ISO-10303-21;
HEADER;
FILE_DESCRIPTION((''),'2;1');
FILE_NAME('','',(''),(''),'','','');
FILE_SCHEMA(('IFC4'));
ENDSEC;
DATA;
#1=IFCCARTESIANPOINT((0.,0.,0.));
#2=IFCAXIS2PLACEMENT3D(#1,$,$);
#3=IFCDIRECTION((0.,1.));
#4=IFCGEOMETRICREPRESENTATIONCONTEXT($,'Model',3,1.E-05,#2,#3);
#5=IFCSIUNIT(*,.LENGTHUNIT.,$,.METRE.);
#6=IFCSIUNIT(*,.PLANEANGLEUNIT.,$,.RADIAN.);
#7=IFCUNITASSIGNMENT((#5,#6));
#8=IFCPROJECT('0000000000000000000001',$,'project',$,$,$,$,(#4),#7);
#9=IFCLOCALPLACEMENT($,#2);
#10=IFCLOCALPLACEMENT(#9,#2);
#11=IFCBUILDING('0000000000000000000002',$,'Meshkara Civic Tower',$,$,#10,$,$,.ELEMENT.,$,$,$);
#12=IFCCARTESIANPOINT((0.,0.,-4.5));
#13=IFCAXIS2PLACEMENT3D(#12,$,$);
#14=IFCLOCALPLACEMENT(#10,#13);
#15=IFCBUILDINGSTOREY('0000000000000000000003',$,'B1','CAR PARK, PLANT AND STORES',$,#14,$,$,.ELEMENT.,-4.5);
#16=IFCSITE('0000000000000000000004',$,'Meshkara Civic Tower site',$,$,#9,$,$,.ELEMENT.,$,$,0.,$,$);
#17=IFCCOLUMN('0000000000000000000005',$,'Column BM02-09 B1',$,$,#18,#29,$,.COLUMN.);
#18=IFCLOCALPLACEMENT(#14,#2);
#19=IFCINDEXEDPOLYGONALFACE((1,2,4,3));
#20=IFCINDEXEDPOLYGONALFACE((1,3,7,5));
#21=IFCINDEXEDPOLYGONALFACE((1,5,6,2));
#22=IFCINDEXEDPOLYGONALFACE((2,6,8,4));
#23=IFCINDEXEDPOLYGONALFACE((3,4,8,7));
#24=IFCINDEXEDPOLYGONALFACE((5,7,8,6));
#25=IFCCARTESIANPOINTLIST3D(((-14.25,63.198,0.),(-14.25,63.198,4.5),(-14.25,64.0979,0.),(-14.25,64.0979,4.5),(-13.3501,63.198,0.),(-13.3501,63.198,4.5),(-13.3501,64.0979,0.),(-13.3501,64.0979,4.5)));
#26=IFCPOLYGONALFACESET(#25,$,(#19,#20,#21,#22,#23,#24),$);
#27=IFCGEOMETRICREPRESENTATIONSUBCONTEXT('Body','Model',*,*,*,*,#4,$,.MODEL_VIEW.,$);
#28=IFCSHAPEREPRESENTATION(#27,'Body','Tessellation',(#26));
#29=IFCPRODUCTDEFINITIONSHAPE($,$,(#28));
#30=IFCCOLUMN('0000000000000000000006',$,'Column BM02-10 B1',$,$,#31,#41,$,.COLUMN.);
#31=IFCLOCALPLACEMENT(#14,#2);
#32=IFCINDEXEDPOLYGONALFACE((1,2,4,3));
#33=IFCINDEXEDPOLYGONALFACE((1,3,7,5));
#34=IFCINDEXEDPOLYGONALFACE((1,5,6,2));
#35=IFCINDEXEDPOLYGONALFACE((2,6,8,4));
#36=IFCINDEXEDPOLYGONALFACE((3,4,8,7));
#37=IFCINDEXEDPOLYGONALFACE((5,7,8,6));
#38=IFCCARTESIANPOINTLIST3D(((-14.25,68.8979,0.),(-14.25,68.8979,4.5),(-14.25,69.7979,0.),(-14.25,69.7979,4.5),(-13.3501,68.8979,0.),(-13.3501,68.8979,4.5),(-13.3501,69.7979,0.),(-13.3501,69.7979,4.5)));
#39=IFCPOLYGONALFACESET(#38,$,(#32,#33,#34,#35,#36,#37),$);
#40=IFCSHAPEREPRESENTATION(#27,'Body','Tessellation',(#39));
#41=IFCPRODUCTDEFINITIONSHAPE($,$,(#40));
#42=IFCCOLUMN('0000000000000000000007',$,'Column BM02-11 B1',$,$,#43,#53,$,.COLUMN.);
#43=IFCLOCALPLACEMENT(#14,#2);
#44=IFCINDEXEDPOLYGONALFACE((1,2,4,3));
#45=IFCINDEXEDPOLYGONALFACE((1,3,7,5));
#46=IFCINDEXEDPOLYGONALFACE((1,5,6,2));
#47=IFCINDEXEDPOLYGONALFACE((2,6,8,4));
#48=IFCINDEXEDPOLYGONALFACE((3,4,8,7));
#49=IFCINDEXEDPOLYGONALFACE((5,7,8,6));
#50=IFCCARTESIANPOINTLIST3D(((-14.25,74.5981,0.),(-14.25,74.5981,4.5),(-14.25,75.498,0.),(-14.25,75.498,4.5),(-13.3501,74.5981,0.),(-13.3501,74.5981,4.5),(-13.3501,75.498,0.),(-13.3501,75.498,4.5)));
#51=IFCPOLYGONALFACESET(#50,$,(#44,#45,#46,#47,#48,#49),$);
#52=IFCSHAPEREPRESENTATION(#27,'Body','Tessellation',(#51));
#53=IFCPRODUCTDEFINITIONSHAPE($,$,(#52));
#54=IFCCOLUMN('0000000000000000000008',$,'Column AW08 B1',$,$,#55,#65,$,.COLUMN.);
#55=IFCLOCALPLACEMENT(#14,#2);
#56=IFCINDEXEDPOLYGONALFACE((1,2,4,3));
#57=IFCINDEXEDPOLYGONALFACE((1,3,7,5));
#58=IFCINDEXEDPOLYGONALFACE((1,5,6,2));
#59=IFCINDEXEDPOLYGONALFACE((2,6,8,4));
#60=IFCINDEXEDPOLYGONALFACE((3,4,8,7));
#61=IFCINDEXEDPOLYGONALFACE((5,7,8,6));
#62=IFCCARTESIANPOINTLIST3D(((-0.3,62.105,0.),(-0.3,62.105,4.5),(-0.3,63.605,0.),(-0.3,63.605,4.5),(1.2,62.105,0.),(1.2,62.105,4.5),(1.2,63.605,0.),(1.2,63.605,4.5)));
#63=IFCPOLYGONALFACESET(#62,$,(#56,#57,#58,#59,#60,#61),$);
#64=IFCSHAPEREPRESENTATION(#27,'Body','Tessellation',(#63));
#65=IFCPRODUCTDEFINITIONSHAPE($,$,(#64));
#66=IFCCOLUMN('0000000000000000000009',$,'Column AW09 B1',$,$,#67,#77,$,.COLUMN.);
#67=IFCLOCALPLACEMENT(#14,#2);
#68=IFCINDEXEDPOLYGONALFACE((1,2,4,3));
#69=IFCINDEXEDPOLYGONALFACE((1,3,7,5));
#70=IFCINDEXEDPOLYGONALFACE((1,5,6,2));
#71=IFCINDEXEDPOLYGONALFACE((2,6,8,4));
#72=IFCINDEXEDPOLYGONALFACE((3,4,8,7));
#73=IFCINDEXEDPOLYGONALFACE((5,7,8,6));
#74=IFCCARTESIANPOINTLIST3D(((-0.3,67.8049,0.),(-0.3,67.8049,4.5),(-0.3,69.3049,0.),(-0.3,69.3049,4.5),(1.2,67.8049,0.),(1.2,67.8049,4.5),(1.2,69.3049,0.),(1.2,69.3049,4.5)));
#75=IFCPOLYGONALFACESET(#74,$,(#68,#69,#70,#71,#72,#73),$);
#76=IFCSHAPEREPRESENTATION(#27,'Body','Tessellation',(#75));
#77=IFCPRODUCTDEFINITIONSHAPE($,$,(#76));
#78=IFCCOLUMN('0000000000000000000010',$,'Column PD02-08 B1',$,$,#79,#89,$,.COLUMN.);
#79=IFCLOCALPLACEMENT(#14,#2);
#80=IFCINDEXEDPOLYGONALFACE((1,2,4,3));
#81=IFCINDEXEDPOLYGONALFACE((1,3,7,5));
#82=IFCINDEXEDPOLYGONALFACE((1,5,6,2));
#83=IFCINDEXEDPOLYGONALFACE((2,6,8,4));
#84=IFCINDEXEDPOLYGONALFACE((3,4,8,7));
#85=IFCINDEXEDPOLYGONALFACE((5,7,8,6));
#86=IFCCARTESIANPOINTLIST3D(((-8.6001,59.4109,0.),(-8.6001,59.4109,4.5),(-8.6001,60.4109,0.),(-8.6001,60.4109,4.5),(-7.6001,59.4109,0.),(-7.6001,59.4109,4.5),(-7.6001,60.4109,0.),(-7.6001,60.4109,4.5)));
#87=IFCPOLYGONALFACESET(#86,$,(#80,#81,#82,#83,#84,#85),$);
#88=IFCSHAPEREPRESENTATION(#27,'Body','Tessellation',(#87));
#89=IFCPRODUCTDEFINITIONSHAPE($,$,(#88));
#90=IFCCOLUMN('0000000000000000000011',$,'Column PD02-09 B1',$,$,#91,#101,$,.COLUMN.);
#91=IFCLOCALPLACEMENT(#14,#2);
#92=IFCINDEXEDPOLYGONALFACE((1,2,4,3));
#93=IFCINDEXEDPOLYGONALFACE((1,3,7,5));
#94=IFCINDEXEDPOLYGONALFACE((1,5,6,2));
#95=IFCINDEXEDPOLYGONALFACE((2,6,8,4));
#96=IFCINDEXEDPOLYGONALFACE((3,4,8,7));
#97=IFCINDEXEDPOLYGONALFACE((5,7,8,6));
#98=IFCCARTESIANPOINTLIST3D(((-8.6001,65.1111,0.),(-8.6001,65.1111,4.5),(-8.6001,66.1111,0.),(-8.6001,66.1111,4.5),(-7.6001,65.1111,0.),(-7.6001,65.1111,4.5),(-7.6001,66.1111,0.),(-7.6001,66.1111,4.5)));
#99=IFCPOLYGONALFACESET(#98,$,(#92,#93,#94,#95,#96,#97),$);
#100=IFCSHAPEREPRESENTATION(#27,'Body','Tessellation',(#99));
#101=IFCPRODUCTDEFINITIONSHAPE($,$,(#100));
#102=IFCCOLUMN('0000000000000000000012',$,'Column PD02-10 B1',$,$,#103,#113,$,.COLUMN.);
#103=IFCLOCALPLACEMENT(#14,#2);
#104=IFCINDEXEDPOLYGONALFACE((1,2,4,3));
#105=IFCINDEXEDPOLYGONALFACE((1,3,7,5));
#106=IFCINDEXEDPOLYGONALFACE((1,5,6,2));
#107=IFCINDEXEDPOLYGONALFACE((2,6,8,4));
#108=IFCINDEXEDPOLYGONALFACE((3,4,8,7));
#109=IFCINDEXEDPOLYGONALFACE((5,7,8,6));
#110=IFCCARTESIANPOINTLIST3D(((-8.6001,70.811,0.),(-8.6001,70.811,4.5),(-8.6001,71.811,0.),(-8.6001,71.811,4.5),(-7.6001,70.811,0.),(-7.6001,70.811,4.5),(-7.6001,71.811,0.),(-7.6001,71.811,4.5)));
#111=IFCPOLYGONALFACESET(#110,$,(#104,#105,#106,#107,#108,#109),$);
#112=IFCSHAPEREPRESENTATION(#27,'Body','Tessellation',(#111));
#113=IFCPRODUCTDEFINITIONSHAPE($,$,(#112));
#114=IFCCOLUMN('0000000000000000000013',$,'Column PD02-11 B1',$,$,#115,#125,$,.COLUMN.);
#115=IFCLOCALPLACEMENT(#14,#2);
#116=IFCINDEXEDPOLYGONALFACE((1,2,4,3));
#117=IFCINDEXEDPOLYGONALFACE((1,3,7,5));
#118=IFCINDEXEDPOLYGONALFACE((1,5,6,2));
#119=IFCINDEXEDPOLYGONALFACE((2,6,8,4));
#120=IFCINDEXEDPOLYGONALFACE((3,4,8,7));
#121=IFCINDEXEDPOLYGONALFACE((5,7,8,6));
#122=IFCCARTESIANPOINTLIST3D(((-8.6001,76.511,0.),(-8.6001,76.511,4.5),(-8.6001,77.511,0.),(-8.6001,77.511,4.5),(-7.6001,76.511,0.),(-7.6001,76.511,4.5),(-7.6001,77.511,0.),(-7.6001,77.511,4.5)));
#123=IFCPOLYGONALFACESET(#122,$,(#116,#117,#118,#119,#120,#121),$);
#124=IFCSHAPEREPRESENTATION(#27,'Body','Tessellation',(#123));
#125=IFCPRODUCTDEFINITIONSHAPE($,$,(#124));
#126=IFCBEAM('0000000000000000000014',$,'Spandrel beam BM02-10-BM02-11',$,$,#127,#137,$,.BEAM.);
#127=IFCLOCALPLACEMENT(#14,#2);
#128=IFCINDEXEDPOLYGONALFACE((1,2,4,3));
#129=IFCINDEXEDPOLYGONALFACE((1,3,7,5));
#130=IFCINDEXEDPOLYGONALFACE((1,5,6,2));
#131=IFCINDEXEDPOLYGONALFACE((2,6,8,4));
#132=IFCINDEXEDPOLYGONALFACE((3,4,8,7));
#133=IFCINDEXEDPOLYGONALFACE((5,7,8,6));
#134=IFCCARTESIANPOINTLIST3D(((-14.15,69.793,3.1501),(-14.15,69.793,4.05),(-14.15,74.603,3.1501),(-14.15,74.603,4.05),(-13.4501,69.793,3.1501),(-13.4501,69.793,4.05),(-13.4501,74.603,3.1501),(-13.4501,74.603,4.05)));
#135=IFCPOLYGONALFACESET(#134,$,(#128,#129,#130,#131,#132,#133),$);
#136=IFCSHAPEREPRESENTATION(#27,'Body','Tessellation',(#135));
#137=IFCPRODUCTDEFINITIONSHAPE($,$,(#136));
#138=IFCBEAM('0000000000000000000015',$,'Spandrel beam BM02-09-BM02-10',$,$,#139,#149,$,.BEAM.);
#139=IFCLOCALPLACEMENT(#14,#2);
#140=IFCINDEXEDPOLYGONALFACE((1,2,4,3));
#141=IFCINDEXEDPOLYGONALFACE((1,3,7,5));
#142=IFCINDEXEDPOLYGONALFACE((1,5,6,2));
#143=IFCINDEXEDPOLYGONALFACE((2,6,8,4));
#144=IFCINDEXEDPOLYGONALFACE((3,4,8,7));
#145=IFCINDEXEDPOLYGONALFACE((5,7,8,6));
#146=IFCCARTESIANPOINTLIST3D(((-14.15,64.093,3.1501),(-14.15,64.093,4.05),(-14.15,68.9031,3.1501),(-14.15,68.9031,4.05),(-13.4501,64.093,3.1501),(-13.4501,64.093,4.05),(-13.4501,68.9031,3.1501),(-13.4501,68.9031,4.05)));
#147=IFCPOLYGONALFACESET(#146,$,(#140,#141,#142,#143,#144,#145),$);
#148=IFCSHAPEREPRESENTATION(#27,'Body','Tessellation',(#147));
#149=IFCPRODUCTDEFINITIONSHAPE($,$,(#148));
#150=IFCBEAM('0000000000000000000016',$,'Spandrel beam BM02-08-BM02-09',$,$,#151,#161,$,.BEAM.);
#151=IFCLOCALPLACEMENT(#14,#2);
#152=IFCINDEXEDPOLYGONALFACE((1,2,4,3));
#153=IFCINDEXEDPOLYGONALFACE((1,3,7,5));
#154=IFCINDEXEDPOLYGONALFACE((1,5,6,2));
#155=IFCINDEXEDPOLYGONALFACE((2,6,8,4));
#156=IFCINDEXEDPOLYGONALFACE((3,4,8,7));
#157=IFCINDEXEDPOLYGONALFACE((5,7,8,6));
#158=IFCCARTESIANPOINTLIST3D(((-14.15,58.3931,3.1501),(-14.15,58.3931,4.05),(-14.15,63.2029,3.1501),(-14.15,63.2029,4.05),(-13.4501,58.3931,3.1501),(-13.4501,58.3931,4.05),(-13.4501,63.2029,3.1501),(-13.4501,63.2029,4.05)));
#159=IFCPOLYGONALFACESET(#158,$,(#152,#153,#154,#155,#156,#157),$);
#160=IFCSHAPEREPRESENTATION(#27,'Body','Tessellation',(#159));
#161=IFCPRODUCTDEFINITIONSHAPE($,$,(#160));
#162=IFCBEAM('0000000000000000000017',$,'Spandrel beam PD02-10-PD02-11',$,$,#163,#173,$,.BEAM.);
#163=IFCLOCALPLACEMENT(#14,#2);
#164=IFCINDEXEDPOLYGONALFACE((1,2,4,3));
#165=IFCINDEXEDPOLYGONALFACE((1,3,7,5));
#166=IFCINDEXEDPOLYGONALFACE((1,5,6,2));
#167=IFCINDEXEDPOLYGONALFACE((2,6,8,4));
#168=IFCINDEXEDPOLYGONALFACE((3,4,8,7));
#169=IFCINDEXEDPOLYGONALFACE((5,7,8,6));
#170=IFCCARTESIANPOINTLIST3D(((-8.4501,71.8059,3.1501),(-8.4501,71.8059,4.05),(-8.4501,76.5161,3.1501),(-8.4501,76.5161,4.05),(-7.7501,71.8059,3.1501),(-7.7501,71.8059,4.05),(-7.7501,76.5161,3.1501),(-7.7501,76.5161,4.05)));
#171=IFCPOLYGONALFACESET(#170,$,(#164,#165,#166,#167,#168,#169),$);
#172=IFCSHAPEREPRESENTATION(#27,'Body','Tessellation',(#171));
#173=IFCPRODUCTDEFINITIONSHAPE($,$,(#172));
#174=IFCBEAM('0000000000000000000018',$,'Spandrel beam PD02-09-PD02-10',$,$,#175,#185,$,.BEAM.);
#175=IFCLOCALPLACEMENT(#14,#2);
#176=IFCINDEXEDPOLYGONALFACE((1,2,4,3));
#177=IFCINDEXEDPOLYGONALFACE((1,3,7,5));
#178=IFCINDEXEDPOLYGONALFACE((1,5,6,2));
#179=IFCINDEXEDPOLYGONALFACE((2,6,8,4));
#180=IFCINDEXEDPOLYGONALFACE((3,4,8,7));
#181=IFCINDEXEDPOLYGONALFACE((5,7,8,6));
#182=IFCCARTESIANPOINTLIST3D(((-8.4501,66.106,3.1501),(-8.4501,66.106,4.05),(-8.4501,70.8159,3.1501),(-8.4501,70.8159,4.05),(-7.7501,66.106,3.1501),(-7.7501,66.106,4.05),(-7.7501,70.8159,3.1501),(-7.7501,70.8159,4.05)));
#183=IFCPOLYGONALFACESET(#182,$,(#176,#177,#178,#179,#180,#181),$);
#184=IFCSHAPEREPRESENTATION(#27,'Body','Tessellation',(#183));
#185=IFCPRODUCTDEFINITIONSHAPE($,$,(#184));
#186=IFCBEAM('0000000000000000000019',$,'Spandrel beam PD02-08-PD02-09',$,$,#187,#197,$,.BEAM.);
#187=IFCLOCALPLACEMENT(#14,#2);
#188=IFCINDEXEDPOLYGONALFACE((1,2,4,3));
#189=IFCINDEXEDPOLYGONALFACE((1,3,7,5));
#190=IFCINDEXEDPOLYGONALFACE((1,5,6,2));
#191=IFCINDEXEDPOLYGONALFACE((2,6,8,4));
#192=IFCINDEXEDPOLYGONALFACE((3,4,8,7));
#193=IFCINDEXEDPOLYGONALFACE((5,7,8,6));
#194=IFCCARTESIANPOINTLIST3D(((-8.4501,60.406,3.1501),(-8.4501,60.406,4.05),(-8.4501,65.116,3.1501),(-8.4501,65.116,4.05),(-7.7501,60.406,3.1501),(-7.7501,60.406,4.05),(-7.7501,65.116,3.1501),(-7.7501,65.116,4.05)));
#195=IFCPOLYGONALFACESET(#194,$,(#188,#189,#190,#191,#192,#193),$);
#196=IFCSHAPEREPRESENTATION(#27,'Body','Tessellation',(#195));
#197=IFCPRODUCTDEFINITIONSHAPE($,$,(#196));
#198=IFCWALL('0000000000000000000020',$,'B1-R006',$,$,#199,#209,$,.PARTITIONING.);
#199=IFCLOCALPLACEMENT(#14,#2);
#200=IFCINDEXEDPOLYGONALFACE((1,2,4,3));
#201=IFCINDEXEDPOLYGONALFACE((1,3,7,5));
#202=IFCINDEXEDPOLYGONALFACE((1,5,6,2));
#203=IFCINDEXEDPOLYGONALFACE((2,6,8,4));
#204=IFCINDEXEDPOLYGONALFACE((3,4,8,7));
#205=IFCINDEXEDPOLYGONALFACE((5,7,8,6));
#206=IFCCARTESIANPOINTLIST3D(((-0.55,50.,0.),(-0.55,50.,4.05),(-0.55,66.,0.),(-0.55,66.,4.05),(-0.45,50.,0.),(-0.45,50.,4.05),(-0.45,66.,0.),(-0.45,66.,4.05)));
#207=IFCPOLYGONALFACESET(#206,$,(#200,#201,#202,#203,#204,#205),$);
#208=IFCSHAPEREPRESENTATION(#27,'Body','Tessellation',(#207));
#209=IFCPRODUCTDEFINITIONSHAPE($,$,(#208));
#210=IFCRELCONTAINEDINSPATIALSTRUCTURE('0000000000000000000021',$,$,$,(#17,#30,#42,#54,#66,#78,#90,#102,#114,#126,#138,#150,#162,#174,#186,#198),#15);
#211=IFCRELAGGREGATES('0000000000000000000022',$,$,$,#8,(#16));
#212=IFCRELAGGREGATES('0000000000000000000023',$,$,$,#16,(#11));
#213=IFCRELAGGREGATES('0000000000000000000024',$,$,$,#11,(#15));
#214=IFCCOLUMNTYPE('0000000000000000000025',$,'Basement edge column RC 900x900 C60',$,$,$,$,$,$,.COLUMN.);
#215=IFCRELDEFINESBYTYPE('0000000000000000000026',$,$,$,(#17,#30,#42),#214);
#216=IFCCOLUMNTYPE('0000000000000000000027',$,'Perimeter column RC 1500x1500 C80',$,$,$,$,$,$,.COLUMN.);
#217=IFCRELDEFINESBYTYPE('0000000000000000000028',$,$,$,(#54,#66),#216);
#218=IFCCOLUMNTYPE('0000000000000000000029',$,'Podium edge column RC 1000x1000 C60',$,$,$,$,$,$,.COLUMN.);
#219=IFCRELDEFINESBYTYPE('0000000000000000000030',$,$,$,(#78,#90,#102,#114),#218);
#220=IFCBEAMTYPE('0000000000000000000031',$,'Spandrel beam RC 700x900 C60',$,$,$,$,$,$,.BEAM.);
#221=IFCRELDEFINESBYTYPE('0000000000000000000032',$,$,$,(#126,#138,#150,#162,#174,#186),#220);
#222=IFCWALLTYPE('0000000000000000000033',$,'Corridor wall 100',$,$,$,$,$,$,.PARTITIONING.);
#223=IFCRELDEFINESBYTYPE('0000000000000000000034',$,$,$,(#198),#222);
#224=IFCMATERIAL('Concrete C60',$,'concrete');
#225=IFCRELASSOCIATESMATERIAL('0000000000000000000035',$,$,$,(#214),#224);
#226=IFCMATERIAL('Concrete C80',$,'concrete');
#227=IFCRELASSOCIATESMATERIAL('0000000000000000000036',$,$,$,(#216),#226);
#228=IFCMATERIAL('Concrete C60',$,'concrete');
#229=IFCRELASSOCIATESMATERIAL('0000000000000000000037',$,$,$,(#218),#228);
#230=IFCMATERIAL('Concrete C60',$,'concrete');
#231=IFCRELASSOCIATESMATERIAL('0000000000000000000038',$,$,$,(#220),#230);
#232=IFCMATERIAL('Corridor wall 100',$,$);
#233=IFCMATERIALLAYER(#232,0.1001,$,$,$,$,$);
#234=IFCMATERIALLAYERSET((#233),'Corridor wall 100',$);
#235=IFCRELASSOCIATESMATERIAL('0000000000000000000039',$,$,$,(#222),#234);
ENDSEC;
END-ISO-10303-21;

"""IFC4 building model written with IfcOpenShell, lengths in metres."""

from ifc_helpers import new_model, si_unit, direction, frame, frame_2d, origin, origin_2d, place, context, subcontext, project, spatial, rectangle, extrude, material, layer, layer_set, material_profile, profile_set, type_object, element, save


model = new_model("IFC4")

# Units and contexts
model_context = context("Model", 3, precision=1e-05, world=origin(), true_north=direction((0.0, 1.0)))
body_context = subcontext(model_context, "Body", "Model", "MODEL_VIEW")
ifc_project = project(units=[si_unit("LENGTHUNIT", "METRE"), si_unit("PLANEANGLEUNIT", "RADIAN")], contexts=[model_context])

# Site, building, storey
site_placement = place(None, origin())
site = spatial("IfcSite", under=ifc_project, at=site_placement, Name="Meshkara Civic Tower site", CompositionType="ELEMENT", RefElevation=0.0)
building_placement = place(site_placement, origin())
building = spatial("IfcBuilding", under=site, at=building_placement, Name="Meshkara Civic Tower", CompositionType="ELEMENT")
storey_placement = place(building_placement, frame((0.0, 0.0, -4.5)))
storey = spatial("IfcBuildingStorey", under=building, at=storey_placement, Name="B1", Description="CAR PARK, PLANT AND STORES", CompositionType="ELEMENT", Elevation=-4.5)

# Columns
ifc_material_1 = material(Name="Concrete C60", Category="concrete")
ifc_material_profile_1 = material_profile(ifc_material_1, rectangle(XDim=0.8999, YDim=0.8999, at=origin_2d()))
ifc_profile_set_1 = profile_set([ifc_material_profile_1], Name="Concrete C60")
column_type_1 = type_object("IfcColumnType", Name="Basement edge column RC 900x900 C60", PredefinedType="COLUMN", material=ifc_profile_set_1)
for number, where, z_axis, x_axis, name in (
    (1, (-13.8, 63.6479, 0.0), (0.0, 0.0, 1.0), (1.0, 0.0, 0.0), "Column BM02-09 B1"),
    (2, (-13.8, 69.3479, 0.0), (0.0, 0.0, 1.0), (1.0, 0.0, 0.0), "Column BM02-10 B1"),
    (3, (-13.8, 75.0481, 0.0), (0.0, 0.0, 1.0), (1.0, 0.0, 0.0), "Column BM02-11 B1"),
):
    element("IfcColumn", number, at=place(storey_placement, frame(where, z_axis=z_axis, x_axis=x_axis)), inside=storey, type_object=column_type_1, Name=name, PredefinedType="COLUMN", context=body_context, shape_type="SweptSolid", body=[
        extrude(rectangle(XDim=0.8999, YDim=0.8999, at=origin_2d()), origin(), (0.0, 0.0, 1.0), 4.5),
    ])
ifc_material_2 = material(Name="Concrete C80", Category="concrete")
ifc_material_profile_2 = material_profile(ifc_material_2, rectangle(XDim=1.5, YDim=1.5, at=origin_2d()))
ifc_profile_set_2 = profile_set([ifc_material_profile_2], Name="Concrete C80")
column_type_2 = type_object("IfcColumnType", Name="Perimeter column RC 1500x1500 C80", PredefinedType="COLUMN", material=ifc_profile_set_2)
for number, where, z_axis, x_axis, name in (
    (4, (0.45, 62.855, 0.0), (0.0, 0.0, 1.0), (1.0, 0.0, 0.0), "Column AW08 B1"),
    (5, (0.45, 68.5549, 0.0), (0.0, 0.0, 1.0), (1.0, 0.0, 0.0), "Column AW09 B1"),
):
    element("IfcColumn", number, at=place(storey_placement, frame(where, z_axis=z_axis, x_axis=x_axis)), inside=storey, type_object=column_type_2, Name=name, PredefinedType="COLUMN", context=body_context, shape_type="SweptSolid", body=[
        extrude(rectangle(XDim=1.5, YDim=1.5, at=origin_2d()), origin(), (0.0, 0.0, 1.0), 4.5),
    ])
ifc_material_3 = material(Name="Concrete C60", Category="concrete")
ifc_material_profile_3 = material_profile(ifc_material_3, rectangle(XDim=1.0, YDim=1.0, at=origin_2d()))
ifc_profile_set_3 = profile_set([ifc_material_profile_3], Name="Concrete C60")
column_type_3 = type_object("IfcColumnType", Name="Podium edge column RC 1000x1000 C60", PredefinedType="COLUMN", material=ifc_profile_set_3)
for number, where, z_axis, x_axis, name in (
    (6, (-8.1001, 59.9109, 0.0), (0.0, 0.0, 1.0), (1.0, 0.0, 0.0), "Column PD02-08 B1"),
    (7, (-8.1001, 65.6111, 0.0), (0.0, 0.0, 1.0), (1.0, 0.0, 0.0), "Column PD02-09 B1"),
    (8, (-8.1001, 71.311, 0.0), (0.0, 0.0, 1.0), (1.0, 0.0, 0.0), "Column PD02-10 B1"),
    (9, (-8.1001, 77.011, 0.0), (0.0, 0.0, 1.0), (1.0, 0.0, 0.0), "Column PD02-11 B1"),
):
    element("IfcColumn", number, at=place(storey_placement, frame(where, z_axis=z_axis, x_axis=x_axis)), inside=storey, type_object=column_type_3, Name=name, PredefinedType="COLUMN", context=body_context, shape_type="SweptSolid", body=[
        extrude(rectangle(XDim=1.0, YDim=1.0, at=origin_2d()), origin(), (0.0, 0.0, 1.0), 4.5),
    ])

# Beams
ifc_material_4 = material(Name="Concrete C60", Category="concrete")
ifc_material_profile_4 = material_profile(ifc_material_4, rectangle(XDim=0.7, YDim=0.8999, at=origin_2d()))
ifc_profile_set_4 = profile_set([ifc_material_profile_4], Name="Concrete C60")
beam_type = type_object("IfcBeamType", Name="Spandrel beam RC 700x900 C60", PredefinedType="BEAM", material=ifc_profile_set_4)
for number, where, z_axis, x_axis, name in (
    (10, (-13.8, 74.603, 3.6001), (0.0, -1.0, 0.0), (1.0, 0.0, 0.0), "Spandrel beam BM02-10-BM02-11"),
    (11, (-13.8, 68.9031, 3.6001), (0.0, -1.0, 0.0), (1.0, 0.0, 0.0), "Spandrel beam BM02-09-BM02-10"),
):
    element("IfcBeam", number, at=place(storey_placement, frame(where, z_axis=z_axis, x_axis=x_axis)), inside=storey, type_object=beam_type, Name=name, PredefinedType="BEAM", context=body_context, shape_type="SweptSolid", body=[
        extrude(rectangle(XDim=0.7, YDim=0.8999, at=origin_2d()), origin(), (0.0, 0.0, 1.0), 4.8101),
    ])
beam_1_placement = place(storey_placement, frame((-13.8, 63.2029, 3.6001), z_axis=(0.0, -1.0, 0.0), x_axis=(1.0, 0.0, 0.0)))
element("IfcBeam", 12, at=beam_1_placement, inside=storey, type_object=beam_type, Name="Spandrel beam BM02-08-BM02-09", PredefinedType="BEAM", context=body_context, shape_type="SweptSolid", body=[
    extrude(rectangle(XDim=0.7, YDim=0.8999, at=origin_2d()), origin(), (0.0, 0.0, 1.0), 4.8098),
])
beam_2_placement = place(storey_placement, frame((-8.1001, 76.5161, 3.6001), z_axis=(0.0, -1.0, 0.0), x_axis=(1.0, 0.0, 0.0)))
element("IfcBeam", 13, at=beam_2_placement, inside=storey, type_object=beam_type, Name="Spandrel beam PD02-10-PD02-11", PredefinedType="BEAM", context=body_context, shape_type="SweptSolid", body=[
    extrude(rectangle(XDim=0.7, YDim=0.8999, at=origin_2d()), origin(), (0.0, 0.0, 1.0), 4.7102),
])
for number, where, z_axis, x_axis, name in (
    (14, (-8.1001, 70.8159, 3.6001), (0.0, -1.0, 0.0), (1.0, 0.0, 0.0), "Spandrel beam PD02-09-PD02-10"),
    (15, (-8.1001, 65.116, 3.6001), (0.0, -1.0, 0.0), (1.0, 0.0, 0.0), "Spandrel beam PD02-08-PD02-09"),
):
    element("IfcBeam", number, at=place(storey_placement, frame(where, z_axis=z_axis, x_axis=x_axis)), inside=storey, type_object=beam_type, Name=name, PredefinedType="BEAM", context=body_context, shape_type="SweptSolid", body=[
        extrude(rectangle(XDim=0.7, YDim=0.8999, at=origin_2d()), origin(), (0.0, 0.0, 1.0), 4.71),
    ])

# Wall
ifc_material_5 = material(Name="Corridor wall 100")
ifc_layer = layer(ifc_material_5, 0.1001)
ifc_layer_set = layer_set([ifc_layer], Name="Corridor wall 100")
wall_type = type_object("IfcWallType", Name="Corridor wall 100", PredefinedType="PARTITIONING", material=ifc_layer_set)
wall_1_placement = place(storey_placement, frame((-0.5, 66.0, 0.0), z_axis=(0.0, 0.0, 1.0), x_axis=(0.0, -1.0, 0.0)))
element("IfcWall", 16, at=wall_1_placement, inside=storey, type_object=wall_type, Name="B1-R006", PredefinedType="PARTITIONING", context=body_context, shape_type="SweptSolid", body=[
    extrude(rectangle(XDim=16.0, YDim=0.1001, at=frame_2d((8.0, 0.0))), origin(), (0.0, 0.0, 1.0), 4.05),
])

save(model, "model.ifc")
